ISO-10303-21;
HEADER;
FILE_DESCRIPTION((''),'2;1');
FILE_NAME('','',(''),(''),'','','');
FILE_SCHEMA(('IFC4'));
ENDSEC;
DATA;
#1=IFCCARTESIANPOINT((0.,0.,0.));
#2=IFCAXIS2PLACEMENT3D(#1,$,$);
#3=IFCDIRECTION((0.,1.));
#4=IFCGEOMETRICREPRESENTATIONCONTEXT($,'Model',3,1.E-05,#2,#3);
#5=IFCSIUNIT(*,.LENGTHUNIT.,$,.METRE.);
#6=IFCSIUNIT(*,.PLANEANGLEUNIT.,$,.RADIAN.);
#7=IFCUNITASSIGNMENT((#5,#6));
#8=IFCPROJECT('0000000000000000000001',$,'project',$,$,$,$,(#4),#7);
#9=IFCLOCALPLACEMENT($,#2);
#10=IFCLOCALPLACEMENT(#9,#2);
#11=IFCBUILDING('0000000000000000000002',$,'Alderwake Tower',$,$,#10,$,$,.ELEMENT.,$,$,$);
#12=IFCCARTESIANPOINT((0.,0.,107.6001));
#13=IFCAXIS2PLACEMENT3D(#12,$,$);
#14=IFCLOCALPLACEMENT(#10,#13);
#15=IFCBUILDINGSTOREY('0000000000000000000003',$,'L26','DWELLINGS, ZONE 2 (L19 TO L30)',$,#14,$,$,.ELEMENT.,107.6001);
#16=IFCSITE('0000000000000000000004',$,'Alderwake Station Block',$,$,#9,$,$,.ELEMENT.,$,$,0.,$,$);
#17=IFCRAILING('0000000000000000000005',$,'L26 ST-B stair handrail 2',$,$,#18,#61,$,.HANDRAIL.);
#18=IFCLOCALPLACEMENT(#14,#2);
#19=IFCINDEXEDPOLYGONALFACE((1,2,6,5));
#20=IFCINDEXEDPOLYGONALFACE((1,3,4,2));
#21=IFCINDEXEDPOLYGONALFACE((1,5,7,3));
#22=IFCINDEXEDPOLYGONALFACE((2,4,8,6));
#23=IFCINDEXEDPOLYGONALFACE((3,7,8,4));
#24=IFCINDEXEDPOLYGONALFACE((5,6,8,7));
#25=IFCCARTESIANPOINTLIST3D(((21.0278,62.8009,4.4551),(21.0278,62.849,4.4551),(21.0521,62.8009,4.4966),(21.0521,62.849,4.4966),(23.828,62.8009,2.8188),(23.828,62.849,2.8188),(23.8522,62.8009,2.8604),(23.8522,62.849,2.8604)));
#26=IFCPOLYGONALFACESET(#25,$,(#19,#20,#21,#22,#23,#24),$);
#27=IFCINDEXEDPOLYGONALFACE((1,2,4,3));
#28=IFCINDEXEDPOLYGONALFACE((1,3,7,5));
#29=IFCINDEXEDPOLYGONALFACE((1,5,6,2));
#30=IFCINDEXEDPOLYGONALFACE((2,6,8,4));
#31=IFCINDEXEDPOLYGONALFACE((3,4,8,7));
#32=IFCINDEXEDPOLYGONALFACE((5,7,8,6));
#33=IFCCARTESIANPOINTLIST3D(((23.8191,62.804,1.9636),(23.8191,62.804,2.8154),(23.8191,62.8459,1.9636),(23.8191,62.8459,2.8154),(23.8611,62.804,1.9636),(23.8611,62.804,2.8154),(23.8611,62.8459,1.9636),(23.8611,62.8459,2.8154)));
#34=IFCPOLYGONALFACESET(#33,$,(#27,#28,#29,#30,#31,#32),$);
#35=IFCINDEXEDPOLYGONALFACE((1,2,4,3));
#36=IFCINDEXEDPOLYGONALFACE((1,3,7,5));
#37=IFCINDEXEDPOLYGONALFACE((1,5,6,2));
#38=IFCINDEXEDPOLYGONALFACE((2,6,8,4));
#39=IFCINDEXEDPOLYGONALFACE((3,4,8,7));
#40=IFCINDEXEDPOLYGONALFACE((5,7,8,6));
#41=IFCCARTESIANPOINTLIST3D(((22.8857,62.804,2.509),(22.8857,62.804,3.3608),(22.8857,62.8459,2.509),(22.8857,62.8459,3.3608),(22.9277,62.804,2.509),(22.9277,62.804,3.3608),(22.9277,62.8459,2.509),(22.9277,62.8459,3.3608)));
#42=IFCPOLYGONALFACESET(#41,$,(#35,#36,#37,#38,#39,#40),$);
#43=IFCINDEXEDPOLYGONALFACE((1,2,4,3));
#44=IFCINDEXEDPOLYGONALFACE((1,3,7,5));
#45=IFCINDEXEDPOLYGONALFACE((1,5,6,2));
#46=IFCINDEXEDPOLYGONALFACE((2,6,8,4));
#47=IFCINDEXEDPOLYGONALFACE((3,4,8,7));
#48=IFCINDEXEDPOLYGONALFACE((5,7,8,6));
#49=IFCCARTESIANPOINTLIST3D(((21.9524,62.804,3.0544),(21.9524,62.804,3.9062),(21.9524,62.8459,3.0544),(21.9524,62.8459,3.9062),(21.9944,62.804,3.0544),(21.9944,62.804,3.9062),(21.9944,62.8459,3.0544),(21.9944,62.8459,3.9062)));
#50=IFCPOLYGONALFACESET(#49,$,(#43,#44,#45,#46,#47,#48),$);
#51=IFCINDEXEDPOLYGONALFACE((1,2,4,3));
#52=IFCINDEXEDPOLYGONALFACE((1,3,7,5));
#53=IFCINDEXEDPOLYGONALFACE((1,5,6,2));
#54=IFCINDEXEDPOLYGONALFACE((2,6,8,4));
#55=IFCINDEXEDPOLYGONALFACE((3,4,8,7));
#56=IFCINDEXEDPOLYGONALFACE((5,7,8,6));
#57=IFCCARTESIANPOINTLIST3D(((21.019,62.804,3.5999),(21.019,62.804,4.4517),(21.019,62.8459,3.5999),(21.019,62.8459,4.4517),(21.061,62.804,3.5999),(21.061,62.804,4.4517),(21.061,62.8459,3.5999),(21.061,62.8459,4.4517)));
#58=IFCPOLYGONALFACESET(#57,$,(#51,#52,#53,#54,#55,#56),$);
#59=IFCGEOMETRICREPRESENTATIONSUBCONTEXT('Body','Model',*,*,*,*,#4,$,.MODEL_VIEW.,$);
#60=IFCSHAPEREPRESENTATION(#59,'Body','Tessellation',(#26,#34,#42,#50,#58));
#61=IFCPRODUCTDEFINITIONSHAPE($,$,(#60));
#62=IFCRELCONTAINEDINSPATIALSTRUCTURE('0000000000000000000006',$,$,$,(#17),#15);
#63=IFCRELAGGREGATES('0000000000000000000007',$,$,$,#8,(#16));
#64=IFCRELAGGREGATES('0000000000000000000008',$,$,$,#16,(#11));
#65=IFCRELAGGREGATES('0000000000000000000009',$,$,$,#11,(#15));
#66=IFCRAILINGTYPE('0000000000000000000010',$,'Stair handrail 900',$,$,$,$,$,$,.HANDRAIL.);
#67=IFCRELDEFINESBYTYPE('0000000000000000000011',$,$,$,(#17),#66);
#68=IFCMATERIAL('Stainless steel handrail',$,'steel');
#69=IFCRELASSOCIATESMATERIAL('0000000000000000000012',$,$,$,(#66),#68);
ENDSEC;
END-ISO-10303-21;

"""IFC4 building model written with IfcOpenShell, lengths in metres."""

from ifc_helpers import new_model, si_unit, direction, frame, origin, origin_2d, place, context, subcontext, project, spatial, rectangle, extrude, material, type_object, element, save


model = new_model("IFC4")

# Units and contexts
model_context = context("Model", 3, precision=1e-05, world=origin(), true_north=direction((0.0, 1.0)))
body_context = subcontext(model_context, "Body", "Model", "MODEL_VIEW")
ifc_project = project(units=[si_unit("LENGTHUNIT", "METRE"), si_unit("PLANEANGLEUNIT", "RADIAN")], contexts=[model_context])

# Site, building, storey
site_placement = place(None, origin())
site = spatial("IfcSite", under=ifc_project, at=site_placement, Name="Alderwake Station Block", CompositionType="ELEMENT", RefElevation=0.0)
building_placement = place(site_placement, origin())
building = spatial("IfcBuilding", under=site, at=building_placement, Name="Alderwake Tower", CompositionType="ELEMENT")
storey_placement = place(building_placement, frame((0.0, 0.0, 107.6001)))
storey = spatial("IfcBuildingStorey", under=building, at=storey_placement, Name="L26", Description="DWELLINGS, ZONE 2 (L19 TO L30)", CompositionType="ELEMENT", Elevation=107.6001)

# Railing
ifc_material_1 = material(Name="Stainless steel handrail", Category="steel")
railing_type_1 = type_object("IfcRailingType", Name="Stair handrail 900", PredefinedType="HANDRAIL", material=ifc_material_1)
railing_1_placement = place(storey_placement, frame((23.8401, 62.825, 1.9636)))
element("IfcRailing", 1, at=railing_1_placement, inside=storey, type_object=railing_type_1, Name="L26 ST-B stair handrail 2", PredefinedType="HANDRAIL", context=body_context, shape_type="SweptSolid", body=[
    extrude(rectangle(XDim=0.0481, YDim=0.0481, at=origin_2d()), frame((0.0, 0.0, 0.876), z_axis=(-0.863394, 0.0, 0.504531), x_axis=(0.0, -1.0, 0.0)), (0.0, 0.0, 1.0), 3.2432),
    extrude(rectangle(XDim=0.042, YDim=0.042, at=origin_2d()), frame((0.0, 0.0, 0.0), z_axis=(0.0, 0.0, 1.0), x_axis=(-1.0, 0.0, 0.0)), (0.0, 0.0, 1.0), 0.8518),
    extrude(rectangle(XDim=0.042, YDim=0.042, at=origin_2d()), frame((-0.9333, 0.0, 0.5454), z_axis=(0.0, 0.0, 1.0), x_axis=(-1.0, 0.0, 0.0)), (0.0, 0.0, 1.0), 0.8518),
    extrude(rectangle(XDim=0.042, YDim=0.042, at=origin_2d()), frame((-1.8667, 0.0, 1.0908), z_axis=(0.0, 0.0, 1.0), x_axis=(-1.0, 0.0, 0.0)), (0.0, 0.0, 1.0), 0.8518),
    extrude(rectangle(XDim=0.042, YDim=0.042, at=origin_2d()), frame((-2.8, 0.0, 1.6362), z_axis=(0.0, 0.0, 1.0), x_axis=(-1.0, 0.0, 0.0)), (0.0, 0.0, 1.0), 0.8518),
])

save(model, "model.ifc")
